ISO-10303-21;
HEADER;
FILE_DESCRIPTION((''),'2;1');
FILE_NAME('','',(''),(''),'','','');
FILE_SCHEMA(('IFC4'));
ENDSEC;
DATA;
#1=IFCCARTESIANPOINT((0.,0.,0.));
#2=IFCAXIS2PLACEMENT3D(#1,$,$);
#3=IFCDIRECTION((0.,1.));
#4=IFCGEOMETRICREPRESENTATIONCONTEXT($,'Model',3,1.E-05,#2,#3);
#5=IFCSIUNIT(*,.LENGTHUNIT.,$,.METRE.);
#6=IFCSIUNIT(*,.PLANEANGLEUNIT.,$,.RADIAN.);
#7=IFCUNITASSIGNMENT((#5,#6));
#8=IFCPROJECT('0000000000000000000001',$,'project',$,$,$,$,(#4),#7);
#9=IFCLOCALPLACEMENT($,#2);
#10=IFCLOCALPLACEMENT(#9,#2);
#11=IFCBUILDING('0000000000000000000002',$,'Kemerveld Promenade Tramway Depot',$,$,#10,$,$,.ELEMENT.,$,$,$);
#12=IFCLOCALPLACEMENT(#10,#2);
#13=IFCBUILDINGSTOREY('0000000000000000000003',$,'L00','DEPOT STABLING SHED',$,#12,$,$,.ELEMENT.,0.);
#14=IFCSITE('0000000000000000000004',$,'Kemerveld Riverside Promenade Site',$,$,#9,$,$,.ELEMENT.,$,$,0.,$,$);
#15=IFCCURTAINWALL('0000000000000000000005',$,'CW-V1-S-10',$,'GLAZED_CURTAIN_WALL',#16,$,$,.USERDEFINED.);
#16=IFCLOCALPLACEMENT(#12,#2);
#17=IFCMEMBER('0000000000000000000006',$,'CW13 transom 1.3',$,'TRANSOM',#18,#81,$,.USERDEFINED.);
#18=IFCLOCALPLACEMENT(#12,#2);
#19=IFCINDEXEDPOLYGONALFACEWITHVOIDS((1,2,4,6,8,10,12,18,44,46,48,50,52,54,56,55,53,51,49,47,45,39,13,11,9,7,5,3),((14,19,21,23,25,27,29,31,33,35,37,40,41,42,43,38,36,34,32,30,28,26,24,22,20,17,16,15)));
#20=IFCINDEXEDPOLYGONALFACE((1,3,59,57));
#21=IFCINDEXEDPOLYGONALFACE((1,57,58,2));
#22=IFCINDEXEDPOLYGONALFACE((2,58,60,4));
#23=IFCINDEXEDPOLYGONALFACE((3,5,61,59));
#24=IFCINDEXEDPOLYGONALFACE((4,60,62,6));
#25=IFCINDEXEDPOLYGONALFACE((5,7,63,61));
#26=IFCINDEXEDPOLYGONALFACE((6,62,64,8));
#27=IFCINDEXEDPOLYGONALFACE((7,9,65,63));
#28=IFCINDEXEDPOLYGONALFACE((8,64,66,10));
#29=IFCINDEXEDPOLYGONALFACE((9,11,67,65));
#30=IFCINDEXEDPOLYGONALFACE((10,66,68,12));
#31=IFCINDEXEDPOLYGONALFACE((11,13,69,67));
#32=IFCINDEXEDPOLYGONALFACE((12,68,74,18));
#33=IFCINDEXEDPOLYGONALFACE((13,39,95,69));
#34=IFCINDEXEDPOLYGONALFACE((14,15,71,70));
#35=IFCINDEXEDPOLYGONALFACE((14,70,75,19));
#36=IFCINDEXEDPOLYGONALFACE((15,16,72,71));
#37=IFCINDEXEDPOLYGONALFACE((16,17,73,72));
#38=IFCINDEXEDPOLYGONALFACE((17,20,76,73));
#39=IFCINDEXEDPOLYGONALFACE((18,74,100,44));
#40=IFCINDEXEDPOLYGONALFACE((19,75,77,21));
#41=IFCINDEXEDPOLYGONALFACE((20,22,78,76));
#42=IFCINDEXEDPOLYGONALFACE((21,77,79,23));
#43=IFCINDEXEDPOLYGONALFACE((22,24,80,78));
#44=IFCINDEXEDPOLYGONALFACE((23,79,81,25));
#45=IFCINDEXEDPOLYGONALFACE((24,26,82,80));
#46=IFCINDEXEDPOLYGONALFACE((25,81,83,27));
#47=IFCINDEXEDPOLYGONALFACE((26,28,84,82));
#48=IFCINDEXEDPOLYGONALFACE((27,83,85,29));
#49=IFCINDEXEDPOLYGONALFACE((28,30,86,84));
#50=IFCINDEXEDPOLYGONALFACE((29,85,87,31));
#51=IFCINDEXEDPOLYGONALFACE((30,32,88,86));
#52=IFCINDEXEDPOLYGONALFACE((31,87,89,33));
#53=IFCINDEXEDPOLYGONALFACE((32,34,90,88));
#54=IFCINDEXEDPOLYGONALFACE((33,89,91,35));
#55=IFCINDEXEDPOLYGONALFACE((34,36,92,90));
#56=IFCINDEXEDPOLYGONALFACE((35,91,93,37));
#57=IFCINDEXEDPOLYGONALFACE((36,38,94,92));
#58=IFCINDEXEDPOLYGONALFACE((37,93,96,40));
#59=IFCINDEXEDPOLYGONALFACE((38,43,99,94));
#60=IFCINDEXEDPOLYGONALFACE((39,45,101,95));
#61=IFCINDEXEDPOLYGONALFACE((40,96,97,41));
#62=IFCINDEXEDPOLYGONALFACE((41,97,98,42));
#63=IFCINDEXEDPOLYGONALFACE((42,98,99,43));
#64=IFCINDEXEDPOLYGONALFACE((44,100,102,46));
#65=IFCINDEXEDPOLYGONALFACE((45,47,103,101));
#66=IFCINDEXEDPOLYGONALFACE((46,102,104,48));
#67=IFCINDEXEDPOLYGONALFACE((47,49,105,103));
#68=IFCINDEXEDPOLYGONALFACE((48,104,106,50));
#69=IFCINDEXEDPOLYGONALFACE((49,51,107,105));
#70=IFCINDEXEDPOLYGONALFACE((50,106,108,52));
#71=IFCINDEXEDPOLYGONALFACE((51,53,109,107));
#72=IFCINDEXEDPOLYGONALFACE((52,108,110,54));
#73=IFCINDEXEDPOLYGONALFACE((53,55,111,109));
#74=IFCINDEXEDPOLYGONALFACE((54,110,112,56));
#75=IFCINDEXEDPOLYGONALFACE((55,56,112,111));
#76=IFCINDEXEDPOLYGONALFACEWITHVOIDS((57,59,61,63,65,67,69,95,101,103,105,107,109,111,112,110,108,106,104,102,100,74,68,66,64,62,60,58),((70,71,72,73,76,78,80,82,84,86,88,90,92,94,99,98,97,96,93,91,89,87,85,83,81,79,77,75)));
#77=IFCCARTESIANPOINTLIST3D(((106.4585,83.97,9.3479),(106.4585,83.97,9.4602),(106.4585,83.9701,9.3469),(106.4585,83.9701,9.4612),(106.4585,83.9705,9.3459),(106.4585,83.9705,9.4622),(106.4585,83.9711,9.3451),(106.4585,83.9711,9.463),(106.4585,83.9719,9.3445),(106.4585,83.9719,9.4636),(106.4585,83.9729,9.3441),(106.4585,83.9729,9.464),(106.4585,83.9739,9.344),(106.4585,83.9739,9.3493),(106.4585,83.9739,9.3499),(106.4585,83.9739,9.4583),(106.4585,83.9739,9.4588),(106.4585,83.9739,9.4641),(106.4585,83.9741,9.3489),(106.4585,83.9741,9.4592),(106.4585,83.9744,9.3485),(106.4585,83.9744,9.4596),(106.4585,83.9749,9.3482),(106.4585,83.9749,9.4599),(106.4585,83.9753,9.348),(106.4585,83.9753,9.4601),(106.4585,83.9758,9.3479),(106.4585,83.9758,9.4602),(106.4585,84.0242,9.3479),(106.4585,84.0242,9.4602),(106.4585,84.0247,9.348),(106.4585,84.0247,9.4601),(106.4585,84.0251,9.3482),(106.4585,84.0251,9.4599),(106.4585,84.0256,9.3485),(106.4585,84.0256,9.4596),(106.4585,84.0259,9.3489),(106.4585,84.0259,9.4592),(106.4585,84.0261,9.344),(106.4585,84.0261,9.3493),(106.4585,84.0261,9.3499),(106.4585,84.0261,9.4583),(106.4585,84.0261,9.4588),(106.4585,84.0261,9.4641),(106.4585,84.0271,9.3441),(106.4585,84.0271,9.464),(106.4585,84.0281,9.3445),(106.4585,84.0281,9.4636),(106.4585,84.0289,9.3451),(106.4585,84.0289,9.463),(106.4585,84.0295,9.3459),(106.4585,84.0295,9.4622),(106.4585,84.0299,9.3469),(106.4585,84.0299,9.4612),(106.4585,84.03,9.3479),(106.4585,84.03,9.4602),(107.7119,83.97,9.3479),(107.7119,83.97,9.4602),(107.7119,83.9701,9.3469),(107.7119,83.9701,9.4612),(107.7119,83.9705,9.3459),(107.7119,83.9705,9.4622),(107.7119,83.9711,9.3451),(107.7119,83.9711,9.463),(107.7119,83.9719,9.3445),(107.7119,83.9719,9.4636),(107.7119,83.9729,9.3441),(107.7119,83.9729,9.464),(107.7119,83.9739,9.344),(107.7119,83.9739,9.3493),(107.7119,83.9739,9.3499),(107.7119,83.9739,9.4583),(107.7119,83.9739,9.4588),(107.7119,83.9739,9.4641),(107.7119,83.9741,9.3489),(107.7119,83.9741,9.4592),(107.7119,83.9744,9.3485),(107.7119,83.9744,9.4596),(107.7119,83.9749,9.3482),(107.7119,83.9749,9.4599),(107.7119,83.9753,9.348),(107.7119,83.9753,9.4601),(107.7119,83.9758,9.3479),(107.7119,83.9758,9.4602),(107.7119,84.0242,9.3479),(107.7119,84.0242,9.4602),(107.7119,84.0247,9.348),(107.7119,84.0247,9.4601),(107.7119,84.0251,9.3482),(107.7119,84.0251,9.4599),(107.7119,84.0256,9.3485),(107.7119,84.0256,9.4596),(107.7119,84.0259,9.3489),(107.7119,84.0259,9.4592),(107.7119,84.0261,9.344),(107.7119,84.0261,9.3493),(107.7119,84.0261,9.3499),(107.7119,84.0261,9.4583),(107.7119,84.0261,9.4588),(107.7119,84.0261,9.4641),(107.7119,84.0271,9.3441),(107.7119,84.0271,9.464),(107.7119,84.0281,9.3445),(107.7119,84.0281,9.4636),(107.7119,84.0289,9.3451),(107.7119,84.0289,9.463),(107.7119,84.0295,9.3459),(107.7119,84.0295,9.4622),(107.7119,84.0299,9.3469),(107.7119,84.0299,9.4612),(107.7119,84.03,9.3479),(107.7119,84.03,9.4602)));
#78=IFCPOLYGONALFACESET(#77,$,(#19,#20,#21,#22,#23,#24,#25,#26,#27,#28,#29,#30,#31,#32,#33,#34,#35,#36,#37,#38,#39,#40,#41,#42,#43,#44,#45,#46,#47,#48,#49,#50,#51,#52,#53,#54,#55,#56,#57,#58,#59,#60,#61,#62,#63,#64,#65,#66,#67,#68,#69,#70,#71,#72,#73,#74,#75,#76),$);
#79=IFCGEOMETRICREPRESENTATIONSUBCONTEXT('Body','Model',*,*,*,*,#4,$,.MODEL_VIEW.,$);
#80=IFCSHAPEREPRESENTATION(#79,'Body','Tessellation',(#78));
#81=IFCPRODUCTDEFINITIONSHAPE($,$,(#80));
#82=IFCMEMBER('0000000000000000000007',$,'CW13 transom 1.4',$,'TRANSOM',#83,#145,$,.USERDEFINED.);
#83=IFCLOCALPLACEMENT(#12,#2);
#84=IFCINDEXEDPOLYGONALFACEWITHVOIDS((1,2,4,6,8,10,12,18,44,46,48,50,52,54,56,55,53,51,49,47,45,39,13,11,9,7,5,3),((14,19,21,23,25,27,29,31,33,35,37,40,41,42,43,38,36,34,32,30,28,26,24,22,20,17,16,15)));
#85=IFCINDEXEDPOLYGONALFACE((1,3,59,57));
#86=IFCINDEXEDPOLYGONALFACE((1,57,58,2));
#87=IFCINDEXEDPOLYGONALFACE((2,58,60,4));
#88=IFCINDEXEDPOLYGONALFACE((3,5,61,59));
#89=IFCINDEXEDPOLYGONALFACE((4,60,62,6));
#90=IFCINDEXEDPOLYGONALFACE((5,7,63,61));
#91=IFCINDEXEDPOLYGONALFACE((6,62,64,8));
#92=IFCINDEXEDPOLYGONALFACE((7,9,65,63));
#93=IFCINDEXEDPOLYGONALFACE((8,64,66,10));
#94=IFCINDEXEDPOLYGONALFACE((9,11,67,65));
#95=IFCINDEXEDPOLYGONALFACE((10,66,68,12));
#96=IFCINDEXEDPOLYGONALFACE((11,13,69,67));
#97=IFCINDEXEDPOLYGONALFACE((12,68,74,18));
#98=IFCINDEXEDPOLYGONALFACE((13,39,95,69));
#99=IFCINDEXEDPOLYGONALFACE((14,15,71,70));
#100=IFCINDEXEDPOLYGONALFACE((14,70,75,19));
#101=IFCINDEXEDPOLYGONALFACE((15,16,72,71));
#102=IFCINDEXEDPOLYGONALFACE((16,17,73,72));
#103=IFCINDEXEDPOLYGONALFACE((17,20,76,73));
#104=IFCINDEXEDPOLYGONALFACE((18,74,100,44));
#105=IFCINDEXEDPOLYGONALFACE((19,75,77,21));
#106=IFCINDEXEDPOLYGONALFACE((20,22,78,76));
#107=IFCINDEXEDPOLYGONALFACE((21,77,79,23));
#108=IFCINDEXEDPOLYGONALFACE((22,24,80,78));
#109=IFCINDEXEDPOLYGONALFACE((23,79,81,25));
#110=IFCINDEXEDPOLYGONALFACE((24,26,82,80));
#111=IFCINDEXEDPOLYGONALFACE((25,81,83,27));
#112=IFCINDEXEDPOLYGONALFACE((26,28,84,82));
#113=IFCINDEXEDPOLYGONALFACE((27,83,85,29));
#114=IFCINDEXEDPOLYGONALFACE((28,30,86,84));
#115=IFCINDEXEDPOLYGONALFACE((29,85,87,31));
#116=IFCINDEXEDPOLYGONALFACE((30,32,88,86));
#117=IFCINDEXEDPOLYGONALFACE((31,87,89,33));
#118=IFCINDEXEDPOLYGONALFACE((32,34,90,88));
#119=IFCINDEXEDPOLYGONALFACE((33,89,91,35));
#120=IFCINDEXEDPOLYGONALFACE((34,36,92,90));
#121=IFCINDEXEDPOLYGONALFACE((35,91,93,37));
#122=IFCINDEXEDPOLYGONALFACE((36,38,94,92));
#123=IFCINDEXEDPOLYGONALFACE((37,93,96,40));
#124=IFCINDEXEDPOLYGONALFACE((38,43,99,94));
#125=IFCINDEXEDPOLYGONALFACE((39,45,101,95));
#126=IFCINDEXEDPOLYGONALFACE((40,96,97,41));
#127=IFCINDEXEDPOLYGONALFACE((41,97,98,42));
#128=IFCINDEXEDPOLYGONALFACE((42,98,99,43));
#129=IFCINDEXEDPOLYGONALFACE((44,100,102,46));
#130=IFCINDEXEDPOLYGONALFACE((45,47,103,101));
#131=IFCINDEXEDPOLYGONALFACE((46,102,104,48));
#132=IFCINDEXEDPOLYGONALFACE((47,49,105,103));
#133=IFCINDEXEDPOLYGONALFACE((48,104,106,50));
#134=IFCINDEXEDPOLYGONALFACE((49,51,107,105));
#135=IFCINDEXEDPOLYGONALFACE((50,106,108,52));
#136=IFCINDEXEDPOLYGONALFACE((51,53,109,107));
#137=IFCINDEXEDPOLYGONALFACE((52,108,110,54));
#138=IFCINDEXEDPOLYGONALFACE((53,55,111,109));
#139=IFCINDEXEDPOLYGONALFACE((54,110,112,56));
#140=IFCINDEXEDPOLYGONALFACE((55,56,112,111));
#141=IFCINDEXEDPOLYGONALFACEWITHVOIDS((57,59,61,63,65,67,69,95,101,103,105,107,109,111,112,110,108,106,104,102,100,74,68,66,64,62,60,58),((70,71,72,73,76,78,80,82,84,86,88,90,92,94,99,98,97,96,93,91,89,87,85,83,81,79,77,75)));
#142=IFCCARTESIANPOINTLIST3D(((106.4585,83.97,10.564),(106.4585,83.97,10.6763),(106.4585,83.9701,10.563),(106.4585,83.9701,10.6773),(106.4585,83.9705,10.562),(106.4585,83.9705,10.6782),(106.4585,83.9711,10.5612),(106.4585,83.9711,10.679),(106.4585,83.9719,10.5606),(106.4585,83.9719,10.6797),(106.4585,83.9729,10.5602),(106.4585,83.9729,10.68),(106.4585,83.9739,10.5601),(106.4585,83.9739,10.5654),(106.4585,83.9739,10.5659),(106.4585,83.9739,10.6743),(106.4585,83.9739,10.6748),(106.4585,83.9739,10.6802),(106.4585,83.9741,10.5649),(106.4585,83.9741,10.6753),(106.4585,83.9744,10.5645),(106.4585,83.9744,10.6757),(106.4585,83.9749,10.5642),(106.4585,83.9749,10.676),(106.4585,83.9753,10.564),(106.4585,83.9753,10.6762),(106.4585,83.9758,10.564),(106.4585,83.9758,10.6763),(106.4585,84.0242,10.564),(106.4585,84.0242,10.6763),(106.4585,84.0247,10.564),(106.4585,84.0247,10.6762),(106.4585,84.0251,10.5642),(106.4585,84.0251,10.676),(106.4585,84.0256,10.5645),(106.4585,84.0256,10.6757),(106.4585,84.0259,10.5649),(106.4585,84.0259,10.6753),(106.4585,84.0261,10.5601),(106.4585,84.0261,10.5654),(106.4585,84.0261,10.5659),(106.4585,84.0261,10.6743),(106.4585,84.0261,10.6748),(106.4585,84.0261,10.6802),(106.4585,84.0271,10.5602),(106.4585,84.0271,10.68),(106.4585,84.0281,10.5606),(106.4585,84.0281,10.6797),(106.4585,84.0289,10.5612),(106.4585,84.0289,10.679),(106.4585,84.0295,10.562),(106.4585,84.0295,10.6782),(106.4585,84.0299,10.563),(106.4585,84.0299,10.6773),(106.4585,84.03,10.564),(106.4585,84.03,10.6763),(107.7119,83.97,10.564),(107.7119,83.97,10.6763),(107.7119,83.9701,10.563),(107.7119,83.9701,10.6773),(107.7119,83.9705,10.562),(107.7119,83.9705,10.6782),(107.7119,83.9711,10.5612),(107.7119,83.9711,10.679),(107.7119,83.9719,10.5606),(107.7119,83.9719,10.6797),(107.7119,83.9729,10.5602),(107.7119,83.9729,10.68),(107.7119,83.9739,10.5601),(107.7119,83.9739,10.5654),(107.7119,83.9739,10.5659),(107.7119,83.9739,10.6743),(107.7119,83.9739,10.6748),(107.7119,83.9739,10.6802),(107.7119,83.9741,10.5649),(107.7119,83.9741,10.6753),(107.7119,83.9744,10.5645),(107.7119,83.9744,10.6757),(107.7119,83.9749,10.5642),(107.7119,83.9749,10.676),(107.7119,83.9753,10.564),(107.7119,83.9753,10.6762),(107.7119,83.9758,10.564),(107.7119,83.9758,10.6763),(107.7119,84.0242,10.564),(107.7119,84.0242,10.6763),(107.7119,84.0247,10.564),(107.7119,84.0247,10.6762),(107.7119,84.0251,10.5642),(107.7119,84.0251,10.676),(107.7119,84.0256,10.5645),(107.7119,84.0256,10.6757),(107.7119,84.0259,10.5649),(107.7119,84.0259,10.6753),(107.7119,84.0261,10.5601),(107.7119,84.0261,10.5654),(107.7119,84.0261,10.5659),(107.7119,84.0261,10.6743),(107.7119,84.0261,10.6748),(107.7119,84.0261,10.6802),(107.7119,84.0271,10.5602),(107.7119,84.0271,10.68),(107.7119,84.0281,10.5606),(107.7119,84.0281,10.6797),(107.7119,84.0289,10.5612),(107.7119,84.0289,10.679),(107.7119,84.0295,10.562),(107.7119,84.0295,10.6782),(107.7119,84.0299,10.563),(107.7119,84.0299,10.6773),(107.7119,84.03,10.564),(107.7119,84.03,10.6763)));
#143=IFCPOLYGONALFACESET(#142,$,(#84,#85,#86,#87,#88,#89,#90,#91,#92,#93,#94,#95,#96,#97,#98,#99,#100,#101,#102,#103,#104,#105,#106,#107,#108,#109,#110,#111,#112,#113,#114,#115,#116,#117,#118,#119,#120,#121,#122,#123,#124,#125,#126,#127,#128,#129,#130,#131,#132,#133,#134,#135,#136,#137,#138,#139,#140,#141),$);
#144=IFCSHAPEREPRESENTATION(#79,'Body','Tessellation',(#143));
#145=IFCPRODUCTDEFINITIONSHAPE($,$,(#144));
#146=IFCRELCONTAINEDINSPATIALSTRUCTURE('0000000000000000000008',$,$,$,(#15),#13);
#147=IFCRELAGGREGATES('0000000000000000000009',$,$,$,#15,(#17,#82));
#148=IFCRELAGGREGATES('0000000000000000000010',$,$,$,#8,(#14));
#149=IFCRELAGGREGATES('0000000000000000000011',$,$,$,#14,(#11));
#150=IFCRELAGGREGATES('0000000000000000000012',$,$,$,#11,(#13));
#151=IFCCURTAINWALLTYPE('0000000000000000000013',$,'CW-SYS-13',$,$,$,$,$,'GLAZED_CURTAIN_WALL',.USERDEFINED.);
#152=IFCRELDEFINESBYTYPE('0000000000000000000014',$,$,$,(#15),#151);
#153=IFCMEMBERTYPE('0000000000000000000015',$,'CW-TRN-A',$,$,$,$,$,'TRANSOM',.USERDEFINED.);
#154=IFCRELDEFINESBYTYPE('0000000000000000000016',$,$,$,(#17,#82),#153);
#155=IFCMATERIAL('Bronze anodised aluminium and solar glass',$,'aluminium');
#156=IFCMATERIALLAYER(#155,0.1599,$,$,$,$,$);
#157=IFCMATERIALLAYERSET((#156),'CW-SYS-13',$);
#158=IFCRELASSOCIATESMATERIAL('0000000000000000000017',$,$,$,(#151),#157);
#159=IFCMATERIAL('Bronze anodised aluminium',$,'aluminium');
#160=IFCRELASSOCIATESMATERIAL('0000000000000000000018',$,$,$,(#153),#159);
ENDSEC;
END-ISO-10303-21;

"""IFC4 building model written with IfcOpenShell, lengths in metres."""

from ifc_helpers import new_model, si_unit, direction, frame, origin, origin_2d, place, context, subcontext, project, spatial, hollow_rectangle, extrude, material, layer, layer_set, material_profile, profile_set, type_object, element, aggregate, save


model = new_model("IFC4")

# Units and contexts
model_context = context("Model", 3, precision=1e-05, world=origin(), true_north=direction((0.0, 1.0)))
body_context = subcontext(model_context, "Body", "Model", "MODEL_VIEW")
ifc_project = project(units=[si_unit("LENGTHUNIT", "METRE"), si_unit("PLANEANGLEUNIT", "RADIAN")], contexts=[model_context])

# Site, building, storey
site_placement = place(None, origin())
site = spatial("IfcSite", under=ifc_project, at=site_placement, Name="Kemerveld Riverside Promenade Site", CompositionType="ELEMENT", RefElevation=0.0)
building_placement = place(site_placement, origin())
building = spatial("IfcBuilding", under=site, at=building_placement, Name="Kemerveld Promenade Tramway Depot", CompositionType="ELEMENT")
storey_placement = place(building_placement, origin())
storey = spatial("IfcBuildingStorey", under=building, at=storey_placement, Name="L00", Description="DEPOT STABLING SHED", CompositionType="ELEMENT", Elevation=0.0)

# Curtain wall, members
ifc_material_1 = material(Name="Bronze anodised aluminium and solar glass", Category="aluminium")
ifc_layer_1 = layer(ifc_material_1, 0.1599)
ifc_layer_set_1 = layer_set([ifc_layer_1], Name="CW-SYS-13")
curtain_wall_type_1 = type_object("IfcCurtainWallType", Name="CW-SYS-13", ElementType="GLAZED_CURTAIN_WALL", PredefinedType="USERDEFINED", material=ifc_layer_set_1)
curtain_wall_1_placement = place(storey_placement, origin())
curtain_wall_1 = element("IfcCurtainWall", 1, at=curtain_wall_1_placement, inside=storey, type_object=curtain_wall_type_1, Name="CW-V1-S-10", ObjectType="GLAZED_CURTAIN_WALL", PredefinedType="USERDEFINED")
ifc_material_2 = material(Name="Bronze anodised aluminium", Category="aluminium")
ifc_material_profile_1 = material_profile(ifc_material_2, hollow_rectangle(XDim=0.0601, YDim=0.1201, WallThickness=0.0039, InnerFilletRadius=0.002, OuterFilletRadius=0.0039, at=origin_2d()), Name="CW-TRN-120x60")
ifc_profile_set_1 = profile_set([ifc_material_profile_1], Name="Bronze anodised aluminium")
member_type_1 = type_object("IfcMemberType", Name="CW-TRN-A", ElementType="TRANSOM", PredefinedType="USERDEFINED", material=ifc_profile_set_1)
member_1_placement = place(storey_placement, frame((107.7119, 84.0, 9.4041), z_axis=(-1.0, 0.0, 0.0), x_axis=(0.0, -1.0, 0.0)))
member_1 = element("IfcMember", 2, at=member_1_placement, type_object=member_type_1, Name="CW13 transom 1.3", ObjectType="TRANSOM", PredefinedType="USERDEFINED", context=body_context, shape_type="SweptSolid", body=[
    extrude(hollow_rectangle(XDim=0.0601, YDim=0.1201, WallThickness=0.0039, InnerFilletRadius=0.002, OuterFilletRadius=0.0039, at=origin_2d()), origin(), (0.0, 0.0, 1.0), 1.2534),
])
member_2_placement = place(storey_placement, frame((107.7119, 84.0, 10.6201), z_axis=(-1.0, 0.0, 0.0), x_axis=(0.0, -1.0, 0.0)))
member_2 = element("IfcMember", 3, at=member_2_placement, type_object=member_type_1, Name="CW13 transom 1.4", ObjectType="TRANSOM", PredefinedType="USERDEFINED", context=body_context, shape_type="SweptSolid", body=[
    extrude(hollow_rectangle(XDim=0.0601, YDim=0.1201, WallThickness=0.0039, InnerFilletRadius=0.002, OuterFilletRadius=0.0039, at=origin_2d()), origin(), (0.0, 0.0, 1.0), 1.2534),
])

aggregate(curtain_wall_1, [member_1, member_2])

save(model, "model.ifc")
